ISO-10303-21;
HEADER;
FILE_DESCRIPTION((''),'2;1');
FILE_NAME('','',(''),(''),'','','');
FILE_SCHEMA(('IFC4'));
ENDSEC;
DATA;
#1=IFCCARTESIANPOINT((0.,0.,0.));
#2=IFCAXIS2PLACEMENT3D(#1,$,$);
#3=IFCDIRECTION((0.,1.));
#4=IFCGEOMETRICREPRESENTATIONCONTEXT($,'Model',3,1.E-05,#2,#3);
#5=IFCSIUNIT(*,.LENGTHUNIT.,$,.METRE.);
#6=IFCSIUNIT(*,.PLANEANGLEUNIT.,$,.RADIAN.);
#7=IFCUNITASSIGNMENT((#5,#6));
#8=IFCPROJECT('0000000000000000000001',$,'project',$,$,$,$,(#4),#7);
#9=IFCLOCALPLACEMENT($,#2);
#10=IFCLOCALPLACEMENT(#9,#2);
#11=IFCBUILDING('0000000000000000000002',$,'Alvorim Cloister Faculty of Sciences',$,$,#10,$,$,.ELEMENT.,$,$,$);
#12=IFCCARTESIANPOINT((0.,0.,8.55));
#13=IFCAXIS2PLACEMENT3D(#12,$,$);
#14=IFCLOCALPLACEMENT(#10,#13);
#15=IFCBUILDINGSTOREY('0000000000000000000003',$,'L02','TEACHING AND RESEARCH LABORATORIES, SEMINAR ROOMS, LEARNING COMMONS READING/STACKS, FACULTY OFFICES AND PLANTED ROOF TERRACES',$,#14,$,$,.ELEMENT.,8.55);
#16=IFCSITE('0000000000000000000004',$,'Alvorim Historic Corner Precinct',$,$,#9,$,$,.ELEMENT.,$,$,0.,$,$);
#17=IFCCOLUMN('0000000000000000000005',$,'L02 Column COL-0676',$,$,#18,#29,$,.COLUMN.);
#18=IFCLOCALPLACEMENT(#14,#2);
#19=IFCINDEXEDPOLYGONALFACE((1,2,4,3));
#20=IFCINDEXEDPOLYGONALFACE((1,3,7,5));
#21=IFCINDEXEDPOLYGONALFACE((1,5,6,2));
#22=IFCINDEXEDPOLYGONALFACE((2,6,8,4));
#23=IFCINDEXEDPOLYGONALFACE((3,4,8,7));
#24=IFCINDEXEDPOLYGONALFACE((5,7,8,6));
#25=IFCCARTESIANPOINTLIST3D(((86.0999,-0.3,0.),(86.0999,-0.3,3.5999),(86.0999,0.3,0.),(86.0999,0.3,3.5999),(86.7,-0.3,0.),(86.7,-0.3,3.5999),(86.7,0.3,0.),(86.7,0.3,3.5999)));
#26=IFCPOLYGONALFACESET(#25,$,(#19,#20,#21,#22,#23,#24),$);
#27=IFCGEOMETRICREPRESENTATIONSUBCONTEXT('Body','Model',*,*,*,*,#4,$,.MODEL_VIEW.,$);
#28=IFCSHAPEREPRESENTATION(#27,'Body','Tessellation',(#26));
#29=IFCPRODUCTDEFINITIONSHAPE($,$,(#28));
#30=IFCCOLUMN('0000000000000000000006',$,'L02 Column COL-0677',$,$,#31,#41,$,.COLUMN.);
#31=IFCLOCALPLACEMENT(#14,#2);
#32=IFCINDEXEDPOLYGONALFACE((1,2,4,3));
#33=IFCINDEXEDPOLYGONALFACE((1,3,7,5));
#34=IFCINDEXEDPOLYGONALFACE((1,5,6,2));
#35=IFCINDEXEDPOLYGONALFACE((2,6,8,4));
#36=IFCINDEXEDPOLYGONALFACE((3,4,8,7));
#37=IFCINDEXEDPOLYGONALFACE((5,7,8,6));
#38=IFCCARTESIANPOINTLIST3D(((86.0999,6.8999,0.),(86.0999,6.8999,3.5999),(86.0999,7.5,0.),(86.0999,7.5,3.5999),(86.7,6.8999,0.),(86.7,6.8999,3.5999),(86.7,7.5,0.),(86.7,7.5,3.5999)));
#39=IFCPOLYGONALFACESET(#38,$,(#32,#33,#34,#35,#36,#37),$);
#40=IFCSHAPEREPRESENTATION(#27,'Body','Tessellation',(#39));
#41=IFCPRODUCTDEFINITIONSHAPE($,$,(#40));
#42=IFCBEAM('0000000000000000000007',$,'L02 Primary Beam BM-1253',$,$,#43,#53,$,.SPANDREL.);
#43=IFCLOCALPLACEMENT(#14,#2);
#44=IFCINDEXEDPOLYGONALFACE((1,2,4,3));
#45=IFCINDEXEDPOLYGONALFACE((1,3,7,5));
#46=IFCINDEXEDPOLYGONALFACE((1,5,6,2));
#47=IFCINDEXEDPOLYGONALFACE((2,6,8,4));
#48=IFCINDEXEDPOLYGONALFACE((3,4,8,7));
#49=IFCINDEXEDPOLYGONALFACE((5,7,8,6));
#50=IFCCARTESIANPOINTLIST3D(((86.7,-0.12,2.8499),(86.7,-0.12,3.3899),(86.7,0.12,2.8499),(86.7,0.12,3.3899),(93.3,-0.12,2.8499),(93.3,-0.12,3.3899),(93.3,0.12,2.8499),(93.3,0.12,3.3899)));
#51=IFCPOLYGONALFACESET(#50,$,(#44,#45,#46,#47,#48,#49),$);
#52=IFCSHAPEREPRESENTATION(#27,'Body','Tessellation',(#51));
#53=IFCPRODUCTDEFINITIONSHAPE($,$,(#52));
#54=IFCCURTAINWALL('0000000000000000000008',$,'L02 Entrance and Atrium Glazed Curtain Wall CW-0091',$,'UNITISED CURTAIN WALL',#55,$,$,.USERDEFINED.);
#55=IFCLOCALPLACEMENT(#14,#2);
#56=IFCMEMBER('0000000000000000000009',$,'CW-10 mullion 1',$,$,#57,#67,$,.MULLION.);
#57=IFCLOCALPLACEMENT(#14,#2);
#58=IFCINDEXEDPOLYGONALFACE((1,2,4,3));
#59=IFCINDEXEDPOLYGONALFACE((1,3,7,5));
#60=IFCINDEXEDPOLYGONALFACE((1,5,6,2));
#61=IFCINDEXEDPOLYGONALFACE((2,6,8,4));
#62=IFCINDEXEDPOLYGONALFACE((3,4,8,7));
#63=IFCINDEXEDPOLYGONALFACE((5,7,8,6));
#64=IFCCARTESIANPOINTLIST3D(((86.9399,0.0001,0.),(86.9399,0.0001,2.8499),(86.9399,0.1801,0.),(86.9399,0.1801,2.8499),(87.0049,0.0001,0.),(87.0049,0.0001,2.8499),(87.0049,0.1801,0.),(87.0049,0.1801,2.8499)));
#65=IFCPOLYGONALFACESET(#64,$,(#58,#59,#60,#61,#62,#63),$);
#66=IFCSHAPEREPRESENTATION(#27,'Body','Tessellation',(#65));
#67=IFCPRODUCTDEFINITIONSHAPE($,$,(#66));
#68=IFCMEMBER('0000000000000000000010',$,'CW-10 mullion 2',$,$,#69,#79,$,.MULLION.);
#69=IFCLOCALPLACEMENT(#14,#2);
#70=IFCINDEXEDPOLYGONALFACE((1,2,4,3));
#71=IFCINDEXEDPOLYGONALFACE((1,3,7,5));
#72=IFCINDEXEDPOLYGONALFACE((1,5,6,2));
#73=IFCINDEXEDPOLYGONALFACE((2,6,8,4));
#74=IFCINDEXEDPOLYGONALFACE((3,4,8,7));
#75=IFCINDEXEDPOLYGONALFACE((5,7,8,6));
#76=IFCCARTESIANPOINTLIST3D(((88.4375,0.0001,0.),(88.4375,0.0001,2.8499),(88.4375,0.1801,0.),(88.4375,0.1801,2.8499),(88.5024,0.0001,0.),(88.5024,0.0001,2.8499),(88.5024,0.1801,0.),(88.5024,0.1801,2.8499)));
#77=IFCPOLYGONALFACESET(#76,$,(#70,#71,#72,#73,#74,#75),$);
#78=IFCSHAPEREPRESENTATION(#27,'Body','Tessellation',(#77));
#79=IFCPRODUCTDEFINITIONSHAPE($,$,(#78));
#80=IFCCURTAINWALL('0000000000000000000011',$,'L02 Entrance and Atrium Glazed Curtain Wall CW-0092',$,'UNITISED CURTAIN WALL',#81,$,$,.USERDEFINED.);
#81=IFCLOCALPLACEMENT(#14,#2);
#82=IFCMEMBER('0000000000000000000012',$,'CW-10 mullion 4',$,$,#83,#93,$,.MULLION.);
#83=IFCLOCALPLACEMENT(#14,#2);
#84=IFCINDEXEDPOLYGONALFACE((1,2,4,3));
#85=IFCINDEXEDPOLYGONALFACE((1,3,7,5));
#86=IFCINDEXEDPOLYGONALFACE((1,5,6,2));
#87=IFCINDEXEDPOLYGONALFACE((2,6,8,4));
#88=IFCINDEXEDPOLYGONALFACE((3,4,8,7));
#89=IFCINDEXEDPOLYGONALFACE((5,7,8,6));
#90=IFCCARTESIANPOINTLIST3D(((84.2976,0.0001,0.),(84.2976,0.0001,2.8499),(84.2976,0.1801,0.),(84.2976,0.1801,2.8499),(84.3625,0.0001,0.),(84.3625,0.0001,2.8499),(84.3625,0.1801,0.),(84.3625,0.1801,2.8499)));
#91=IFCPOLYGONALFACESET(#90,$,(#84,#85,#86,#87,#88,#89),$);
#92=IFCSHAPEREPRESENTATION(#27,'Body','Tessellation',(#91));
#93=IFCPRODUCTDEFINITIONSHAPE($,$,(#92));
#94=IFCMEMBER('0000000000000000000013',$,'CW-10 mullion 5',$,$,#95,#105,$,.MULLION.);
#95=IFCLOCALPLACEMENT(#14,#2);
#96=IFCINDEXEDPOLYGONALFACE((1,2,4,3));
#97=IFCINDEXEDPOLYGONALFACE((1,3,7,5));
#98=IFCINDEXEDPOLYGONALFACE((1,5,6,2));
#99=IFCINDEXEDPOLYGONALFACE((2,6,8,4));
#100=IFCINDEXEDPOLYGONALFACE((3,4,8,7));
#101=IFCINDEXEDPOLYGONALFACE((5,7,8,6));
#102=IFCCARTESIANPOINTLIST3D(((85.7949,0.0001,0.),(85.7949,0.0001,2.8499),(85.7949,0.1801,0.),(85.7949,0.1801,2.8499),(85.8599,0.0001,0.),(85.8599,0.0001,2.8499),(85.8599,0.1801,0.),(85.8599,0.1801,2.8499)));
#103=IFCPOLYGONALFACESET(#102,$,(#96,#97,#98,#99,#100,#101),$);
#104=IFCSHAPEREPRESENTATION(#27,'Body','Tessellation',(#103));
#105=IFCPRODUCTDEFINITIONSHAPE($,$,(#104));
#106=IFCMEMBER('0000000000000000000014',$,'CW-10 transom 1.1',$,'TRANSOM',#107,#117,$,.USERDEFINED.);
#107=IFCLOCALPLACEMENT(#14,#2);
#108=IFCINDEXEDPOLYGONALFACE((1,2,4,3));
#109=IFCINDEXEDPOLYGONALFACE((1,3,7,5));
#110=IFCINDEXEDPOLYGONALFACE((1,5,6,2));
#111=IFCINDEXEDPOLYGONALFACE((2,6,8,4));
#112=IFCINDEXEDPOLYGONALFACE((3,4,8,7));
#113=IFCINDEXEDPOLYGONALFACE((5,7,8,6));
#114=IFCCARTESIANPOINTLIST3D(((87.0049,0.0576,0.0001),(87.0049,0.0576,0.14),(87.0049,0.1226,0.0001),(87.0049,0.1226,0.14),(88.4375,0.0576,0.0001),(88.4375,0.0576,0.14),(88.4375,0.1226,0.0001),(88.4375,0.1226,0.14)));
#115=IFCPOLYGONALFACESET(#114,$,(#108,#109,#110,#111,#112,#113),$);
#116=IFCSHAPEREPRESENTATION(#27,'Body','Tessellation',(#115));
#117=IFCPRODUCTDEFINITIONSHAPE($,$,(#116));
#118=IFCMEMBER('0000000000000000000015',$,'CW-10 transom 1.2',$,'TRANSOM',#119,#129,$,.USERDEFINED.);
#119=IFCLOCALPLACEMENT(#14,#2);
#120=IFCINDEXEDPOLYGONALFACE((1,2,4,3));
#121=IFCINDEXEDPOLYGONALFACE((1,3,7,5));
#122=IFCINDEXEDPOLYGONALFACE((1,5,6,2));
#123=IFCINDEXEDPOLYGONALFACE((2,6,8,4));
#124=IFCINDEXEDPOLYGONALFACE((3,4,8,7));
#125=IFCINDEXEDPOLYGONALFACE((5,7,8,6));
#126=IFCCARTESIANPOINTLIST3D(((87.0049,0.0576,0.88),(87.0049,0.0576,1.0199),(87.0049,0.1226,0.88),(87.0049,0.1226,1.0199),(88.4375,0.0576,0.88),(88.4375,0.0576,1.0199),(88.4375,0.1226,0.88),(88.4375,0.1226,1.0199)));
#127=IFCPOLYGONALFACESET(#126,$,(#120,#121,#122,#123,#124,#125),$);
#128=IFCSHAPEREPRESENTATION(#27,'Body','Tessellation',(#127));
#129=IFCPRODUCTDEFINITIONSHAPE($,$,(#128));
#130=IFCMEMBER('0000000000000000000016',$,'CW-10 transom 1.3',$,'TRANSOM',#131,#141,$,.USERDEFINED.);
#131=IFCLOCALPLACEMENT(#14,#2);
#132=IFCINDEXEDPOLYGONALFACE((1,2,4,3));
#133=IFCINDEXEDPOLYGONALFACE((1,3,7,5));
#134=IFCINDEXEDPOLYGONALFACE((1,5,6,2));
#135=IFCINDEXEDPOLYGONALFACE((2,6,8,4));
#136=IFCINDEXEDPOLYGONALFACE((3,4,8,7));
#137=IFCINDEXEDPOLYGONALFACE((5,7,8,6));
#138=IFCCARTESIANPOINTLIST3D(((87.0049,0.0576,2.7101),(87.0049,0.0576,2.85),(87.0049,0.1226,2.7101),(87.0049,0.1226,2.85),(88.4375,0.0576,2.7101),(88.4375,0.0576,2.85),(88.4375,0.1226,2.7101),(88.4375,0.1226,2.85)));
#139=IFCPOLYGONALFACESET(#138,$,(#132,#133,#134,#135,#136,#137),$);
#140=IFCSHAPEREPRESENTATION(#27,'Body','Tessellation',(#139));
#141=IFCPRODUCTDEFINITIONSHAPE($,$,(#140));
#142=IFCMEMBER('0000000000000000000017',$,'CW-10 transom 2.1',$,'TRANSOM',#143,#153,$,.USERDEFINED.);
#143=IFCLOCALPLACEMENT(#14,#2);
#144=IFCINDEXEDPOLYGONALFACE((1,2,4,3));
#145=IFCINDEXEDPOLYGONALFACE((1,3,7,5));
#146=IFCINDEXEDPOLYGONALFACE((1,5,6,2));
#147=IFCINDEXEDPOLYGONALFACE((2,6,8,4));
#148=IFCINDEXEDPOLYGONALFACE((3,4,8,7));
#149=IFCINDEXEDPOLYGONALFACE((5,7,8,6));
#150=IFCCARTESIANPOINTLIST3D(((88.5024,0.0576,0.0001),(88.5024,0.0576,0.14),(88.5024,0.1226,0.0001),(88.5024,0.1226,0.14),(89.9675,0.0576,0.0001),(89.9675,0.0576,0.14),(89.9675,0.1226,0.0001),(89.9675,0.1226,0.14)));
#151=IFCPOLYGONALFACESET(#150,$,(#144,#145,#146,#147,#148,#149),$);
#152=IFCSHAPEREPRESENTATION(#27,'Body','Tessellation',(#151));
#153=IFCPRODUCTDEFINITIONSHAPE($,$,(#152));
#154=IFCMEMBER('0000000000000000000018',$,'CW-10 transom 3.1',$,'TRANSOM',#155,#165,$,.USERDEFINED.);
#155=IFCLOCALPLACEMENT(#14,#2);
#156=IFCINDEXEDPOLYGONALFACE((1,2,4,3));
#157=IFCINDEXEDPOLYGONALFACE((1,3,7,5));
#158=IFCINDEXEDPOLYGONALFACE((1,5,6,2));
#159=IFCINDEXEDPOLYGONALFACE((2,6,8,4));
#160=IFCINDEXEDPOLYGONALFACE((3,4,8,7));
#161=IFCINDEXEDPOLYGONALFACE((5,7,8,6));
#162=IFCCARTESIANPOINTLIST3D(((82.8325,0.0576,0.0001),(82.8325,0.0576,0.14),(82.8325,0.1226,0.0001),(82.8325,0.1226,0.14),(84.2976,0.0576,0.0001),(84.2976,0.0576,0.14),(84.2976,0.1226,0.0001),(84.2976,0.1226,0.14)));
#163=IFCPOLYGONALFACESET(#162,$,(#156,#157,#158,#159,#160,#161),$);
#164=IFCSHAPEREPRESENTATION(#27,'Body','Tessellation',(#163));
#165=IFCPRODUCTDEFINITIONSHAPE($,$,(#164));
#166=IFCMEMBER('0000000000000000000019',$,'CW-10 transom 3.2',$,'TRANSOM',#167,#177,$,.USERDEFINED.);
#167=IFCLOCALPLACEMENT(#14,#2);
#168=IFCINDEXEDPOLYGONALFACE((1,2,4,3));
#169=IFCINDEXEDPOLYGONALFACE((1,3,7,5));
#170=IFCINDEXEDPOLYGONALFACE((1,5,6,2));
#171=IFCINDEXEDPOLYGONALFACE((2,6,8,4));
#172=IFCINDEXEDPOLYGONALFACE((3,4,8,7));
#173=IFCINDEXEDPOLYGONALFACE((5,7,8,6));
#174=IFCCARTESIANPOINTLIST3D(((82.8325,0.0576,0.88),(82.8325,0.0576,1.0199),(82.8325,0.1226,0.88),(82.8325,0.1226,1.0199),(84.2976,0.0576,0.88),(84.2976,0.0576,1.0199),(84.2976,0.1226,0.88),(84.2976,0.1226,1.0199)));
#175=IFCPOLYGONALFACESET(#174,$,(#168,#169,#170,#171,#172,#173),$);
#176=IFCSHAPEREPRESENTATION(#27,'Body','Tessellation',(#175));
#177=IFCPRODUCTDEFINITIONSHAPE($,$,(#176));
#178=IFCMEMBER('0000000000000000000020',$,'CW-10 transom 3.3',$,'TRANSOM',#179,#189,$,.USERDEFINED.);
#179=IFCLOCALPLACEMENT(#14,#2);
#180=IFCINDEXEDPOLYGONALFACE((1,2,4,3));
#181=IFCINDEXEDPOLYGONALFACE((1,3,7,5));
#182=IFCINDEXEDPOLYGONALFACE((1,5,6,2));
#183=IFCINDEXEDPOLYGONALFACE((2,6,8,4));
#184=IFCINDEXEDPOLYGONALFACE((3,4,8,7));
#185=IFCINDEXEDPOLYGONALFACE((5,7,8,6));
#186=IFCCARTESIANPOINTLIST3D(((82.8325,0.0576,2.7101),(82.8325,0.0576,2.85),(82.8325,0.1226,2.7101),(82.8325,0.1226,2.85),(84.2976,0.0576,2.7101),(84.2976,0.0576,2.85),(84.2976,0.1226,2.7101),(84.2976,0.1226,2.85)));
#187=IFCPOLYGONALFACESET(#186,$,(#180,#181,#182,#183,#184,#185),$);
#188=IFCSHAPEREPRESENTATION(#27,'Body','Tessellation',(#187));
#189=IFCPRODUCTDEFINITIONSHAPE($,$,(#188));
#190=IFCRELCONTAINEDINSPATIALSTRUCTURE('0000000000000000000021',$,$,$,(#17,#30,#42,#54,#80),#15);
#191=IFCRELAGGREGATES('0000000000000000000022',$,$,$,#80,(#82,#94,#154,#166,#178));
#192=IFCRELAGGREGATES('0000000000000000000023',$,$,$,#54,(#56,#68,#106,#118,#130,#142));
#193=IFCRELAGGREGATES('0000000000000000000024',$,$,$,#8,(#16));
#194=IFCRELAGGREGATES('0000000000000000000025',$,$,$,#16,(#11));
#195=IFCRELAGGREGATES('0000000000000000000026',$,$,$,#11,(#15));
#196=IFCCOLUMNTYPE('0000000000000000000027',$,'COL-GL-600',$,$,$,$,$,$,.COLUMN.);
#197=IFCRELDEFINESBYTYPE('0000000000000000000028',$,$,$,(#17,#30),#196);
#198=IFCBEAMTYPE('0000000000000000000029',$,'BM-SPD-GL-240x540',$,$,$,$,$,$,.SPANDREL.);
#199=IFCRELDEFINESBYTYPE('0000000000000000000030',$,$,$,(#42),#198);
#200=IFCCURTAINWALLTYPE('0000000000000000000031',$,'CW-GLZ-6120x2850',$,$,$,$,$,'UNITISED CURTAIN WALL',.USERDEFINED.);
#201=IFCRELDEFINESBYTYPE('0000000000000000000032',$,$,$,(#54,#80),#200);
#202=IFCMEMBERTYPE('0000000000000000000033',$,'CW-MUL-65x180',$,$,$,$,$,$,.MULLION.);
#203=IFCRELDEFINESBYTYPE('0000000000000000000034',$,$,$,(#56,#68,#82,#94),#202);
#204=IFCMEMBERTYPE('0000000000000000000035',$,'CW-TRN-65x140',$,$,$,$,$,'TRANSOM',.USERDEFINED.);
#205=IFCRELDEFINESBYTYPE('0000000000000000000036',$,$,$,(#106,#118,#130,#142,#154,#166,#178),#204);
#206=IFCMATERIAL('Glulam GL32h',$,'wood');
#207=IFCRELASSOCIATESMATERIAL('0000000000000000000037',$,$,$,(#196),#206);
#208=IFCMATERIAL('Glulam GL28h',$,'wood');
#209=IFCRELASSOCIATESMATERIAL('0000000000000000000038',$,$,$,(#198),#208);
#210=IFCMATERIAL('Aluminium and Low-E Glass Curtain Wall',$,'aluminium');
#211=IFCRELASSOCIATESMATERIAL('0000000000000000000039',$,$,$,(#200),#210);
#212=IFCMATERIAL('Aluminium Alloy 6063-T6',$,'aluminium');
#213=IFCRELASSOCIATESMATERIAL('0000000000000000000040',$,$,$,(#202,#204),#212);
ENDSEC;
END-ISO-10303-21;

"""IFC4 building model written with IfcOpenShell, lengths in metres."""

from ifc_helpers import new_model, si_unit, direction, frame, origin, origin_2d, place, context, subcontext, project, spatial, rectangle, extrude, material, material_profile, profile_set, type_object, element, aggregate, save


model = new_model("IFC4")

# Units and contexts
model_context = context("Model", 3, precision=1e-05, world=origin(), true_north=direction((0.0, 1.0)))
body_context = subcontext(model_context, "Body", "Model", "MODEL_VIEW")
ifc_project = project(units=[si_unit("LENGTHUNIT", "METRE"), si_unit("PLANEANGLEUNIT", "RADIAN")], contexts=[model_context])

# Site, building, storey
site_placement = place(None, origin())
site = spatial("IfcSite", under=ifc_project, at=site_placement, Name="Alvorim Historic Corner Precinct", CompositionType="ELEMENT", RefElevation=0.0)
building_placement = place(site_placement, origin())
building = spatial("IfcBuilding", under=site, at=building_placement, Name="Alvorim Cloister Faculty of Sciences", CompositionType="ELEMENT")
storey_placement = place(building_placement, frame((0.0, 0.0, 8.55)))
storey = spatial("IfcBuildingStorey", under=building, at=storey_placement, Name="L02", Description="TEACHING AND RESEARCH LABORATORIES, SEMINAR ROOMS, LEARNING COMMONS READING/STACKS, FACULTY OFFICES AND PLANTED ROOF TERRACES", CompositionType="ELEMENT", Elevation=8.55)

# Columns
ifc_material_1 = material(Name="Glulam GL32h", Category="wood")
ifc_material_profile_1 = material_profile(ifc_material_1, rectangle(XDim=0.6001, YDim=0.6001, at=origin_2d()), Name="GL32-COL-600x600")
ifc_profile_set_1 = profile_set([ifc_material_profile_1], Name="Glulam GL32h")
column_type = type_object("IfcColumnType", Name="COL-GL-600", PredefinedType="COLUMN", material=ifc_profile_set_1)
for number, where, z_axis, x_axis, name in (
    (1, (86.3999, 0.0, 0.0), (0.0, 0.0, 1.0), (1.0, 0.0, 0.0), "L02 Column COL-0676"),
    (2, (86.3999, 7.2, 0.0), (0.0, 0.0, 1.0), (1.0, 0.0, 0.0), "L02 Column COL-0677"),
):
    element("IfcColumn", number, at=place(storey_placement, frame(where, z_axis=z_axis, x_axis=x_axis)), inside=storey, type_object=column_type, Name=name, PredefinedType="COLUMN", context=body_context, shape_type="SweptSolid", body=[
        extrude(rectangle(XDim=0.6001, YDim=0.6001, at=origin_2d()), origin(), (0.0, 0.0, 1.0), 3.5999),
    ])

# Beam
ifc_material_2 = material(Name="Glulam GL28h", Category="wood")
ifc_material_profile_2 = material_profile(ifc_material_2, rectangle(XDim=0.24, YDim=0.54, at=origin_2d()), Name="GL28-SPD-240x540")
ifc_profile_set_2 = profile_set([ifc_material_profile_2], Name="Glulam GL28h")
beam_type = type_object("IfcBeamType", Name="BM-SPD-GL-240x540", PredefinedType="SPANDREL", material=ifc_profile_set_2)
beam_placement = place(storey_placement, frame((86.7, 0.0, 3.1199), z_axis=(1.0, 0.0, 0.0), x_axis=(0.0, 1.0, 0.0)))
element("IfcBeam", 3, at=beam_placement, inside=storey, type_object=beam_type, Name="L02 Primary Beam BM-1253", PredefinedType="SPANDREL", context=body_context, shape_type="SweptSolid", body=[
    extrude(rectangle(XDim=0.24, YDim=0.54, at=origin_2d()), origin(), (0.0, 0.0, 1.0), 6.6001),
])

# Curtain walls, members
ifc_material_3 = material(Name="Aluminium and Low-E Glass Curtain Wall", Category="aluminium")
curtain_wall_type = type_object("IfcCurtainWallType", Name="CW-GLZ-6120x2850", ElementType="UNITISED CURTAIN WALL", PredefinedType="USERDEFINED", material=ifc_material_3)
curtain_wall_1_placement = place(storey_placement, origin())
curtain_wall_1 = element("IfcCurtainWall", 4, at=curtain_wall_1_placement, inside=storey, type_object=curtain_wall_type, Name="L02 Entrance and Atrium Glazed Curtain Wall CW-0091", ObjectType="UNITISED CURTAIN WALL", PredefinedType="USERDEFINED")
ifc_material_4 = material(Name="Aluminium Alloy 6063-T6", Category="aluminium")
ifc_material_profile_3 = material_profile(ifc_material_4, rectangle(XDim=0.0649, YDim=0.1799, at=origin_2d()), Name="ALU-MUL-65x180")
ifc_profile_set_3 = profile_set([ifc_material_profile_3], Name="Aluminium Alloy 6063-T6")
member_type_1 = type_object("IfcMemberType", Name="CW-MUL-65x180", PredefinedType="MULLION", material=ifc_profile_set_3)
member_1_placement = place(storey_placement, frame((86.9724, 0.0901, 0.0), z_axis=(0.0, 0.0, 1.0), x_axis=(1.0, 0.0, 0.0)))
member_1 = element("IfcMember", 5, at=member_1_placement, type_object=member_type_1, Name="CW-10 mullion 1", PredefinedType="MULLION", context=body_context, shape_type="SweptSolid", body=[
    extrude(rectangle(XDim=0.0649, YDim=0.1799, at=origin_2d()), origin(), (0.0, 0.0, 1.0), 2.8499),
])
member_2_placement = place(storey_placement, frame((88.47, 0.0901, 0.0), z_axis=(0.0, 0.0, 1.0), x_axis=(1.0, 0.0, 0.0)))
member_2 = element("IfcMember", 6, at=member_2_placement, type_object=member_type_1, Name="CW-10 mullion 2", PredefinedType="MULLION", context=body_context, shape_type="SweptSolid", body=[
    extrude(rectangle(XDim=0.0649, YDim=0.1799, at=origin_2d()), origin(), (0.0, 0.0, 1.0), 2.8499),
])
curtain_wall_2_placement = place(storey_placement, origin())
curtain_wall_2 = element("IfcCurtainWall", 7, at=curtain_wall_2_placement, inside=storey, type_object=curtain_wall_type, Name="L02 Entrance and Atrium Glazed Curtain Wall CW-0092", ObjectType="UNITISED CURTAIN WALL", PredefinedType="USERDEFINED")
member_3_placement = place(storey_placement, frame((84.3301, 0.0901, 0.0), z_axis=(0.0, 0.0, 1.0), x_axis=(1.0, 0.0, 0.0)))
member_3 = element("IfcMember", 8, at=member_3_placement, type_object=member_type_1, Name="CW-10 mullion 4", PredefinedType="MULLION", context=body_context, shape_type="SweptSolid", body=[
    extrude(rectangle(XDim=0.0649, YDim=0.1799, at=origin_2d()), origin(), (0.0, 0.0, 1.0), 2.8499),
])
member_4_placement = place(storey_placement, frame((85.8274, 0.0901, 0.0), z_axis=(0.0, 0.0, 1.0), x_axis=(1.0, 0.0, 0.0)))
member_4 = element("IfcMember", 9, at=member_4_placement, type_object=member_type_1, Name="CW-10 mullion 5", PredefinedType="MULLION", context=body_context, shape_type="SweptSolid", body=[
    extrude(rectangle(XDim=0.0649, YDim=0.1799, at=origin_2d()), origin(), (0.0, 0.0, 1.0), 2.8499),
])

# Members
ifc_material_profile_4 = material_profile(ifc_material_4, rectangle(XDim=0.0649, YDim=0.1399, at=origin_2d()), Name="ALU-TRN-65x140")
ifc_profile_set_4 = profile_set([ifc_material_profile_4], Name="Aluminium Alloy 6063-T6")
member_type_2 = type_object("IfcMemberType", Name="CW-TRN-65x140", ElementType="TRANSOM", PredefinedType="USERDEFINED", material=ifc_profile_set_4)
member_5_placement = place(storey_placement, frame((87.0049, 0.0901, 0.0701), z_axis=(1.0, 0.0, 0.0), x_axis=(0.0, 1.0, 0.0)))
member_5 = element("IfcMember", 10, at=member_5_placement, type_object=member_type_2, Name="CW-10 transom 1.1", ObjectType="TRANSOM", PredefinedType="USERDEFINED", context=body_context, shape_type="SweptSolid", body=[
    extrude(rectangle(XDim=0.0649, YDim=0.1399, at=origin_2d()), origin(), (0.0, 0.0, 1.0), 1.4326),
])
member_6_placement = place(storey_placement, frame((87.0049, 0.0901, 0.95), z_axis=(1.0, 0.0, 0.0), x_axis=(0.0, 1.0, 0.0)))
member_6 = element("IfcMember", 11, at=member_6_placement, type_object=member_type_2, Name="CW-10 transom 1.2", ObjectType="TRANSOM", PredefinedType="USERDEFINED", context=body_context, shape_type="SweptSolid", body=[
    extrude(rectangle(XDim=0.0649, YDim=0.1399, at=origin_2d()), origin(), (0.0, 0.0, 1.0), 1.4326),
])
member_7_placement = place(storey_placement, frame((87.0049, 0.0901, 2.78), z_axis=(1.0, 0.0, 0.0), x_axis=(0.0, 1.0, 0.0)))
member_7 = element("IfcMember", 12, at=member_7_placement, type_object=member_type_2, Name="CW-10 transom 1.3", ObjectType="TRANSOM", PredefinedType="USERDEFINED", context=body_context, shape_type="SweptSolid", body=[
    extrude(rectangle(XDim=0.0649, YDim=0.1399, at=origin_2d()), origin(), (0.0, 0.0, 1.0), 1.4326),
])
member_8_placement = place(storey_placement, frame((88.5024, 0.0901, 0.0701), z_axis=(1.0, 0.0, 0.0), x_axis=(0.0, 1.0, 0.0)))
member_8 = element("IfcMember", 13, at=member_8_placement, type_object=member_type_2, Name="CW-10 transom 2.1", ObjectType="TRANSOM", PredefinedType="USERDEFINED", context=body_context, shape_type="SweptSolid", body=[
    extrude(rectangle(XDim=0.0649, YDim=0.1399, at=origin_2d()), origin(), (0.0, 0.0, 1.0), 1.4651),
])
member_9_placement = place(storey_placement, frame((82.8325, 0.0901, 0.0701), z_axis=(1.0, 0.0, 0.0), x_axis=(0.0, 1.0, 0.0)))
member_9 = element("IfcMember", 14, at=member_9_placement, type_object=member_type_2, Name="CW-10 transom 3.1", ObjectType="TRANSOM", PredefinedType="USERDEFINED", context=body_context, shape_type="SweptSolid", body=[
    extrude(rectangle(XDim=0.0649, YDim=0.1399, at=origin_2d()), origin(), (0.0, 0.0, 1.0), 1.4651),
])
member_10_placement = place(storey_placement, frame((82.8325, 0.0901, 0.95), z_axis=(1.0, 0.0, 0.0), x_axis=(0.0, 1.0, 0.0)))
member_10 = element("IfcMember", 15, at=member_10_placement, type_object=member_type_2, Name="CW-10 transom 3.2", ObjectType="TRANSOM", PredefinedType="USERDEFINED", context=body_context, shape_type="SweptSolid", body=[
    extrude(rectangle(XDim=0.0649, YDim=0.1399, at=origin_2d()), origin(), (0.0, 0.0, 1.0), 1.4651),
])
member_11_placement = place(storey_placement, frame((82.8325, 0.0901, 2.78), z_axis=(1.0, 0.0, 0.0), x_axis=(0.0, 1.0, 0.0)))
member_11 = element("IfcMember", 16, at=member_11_placement, type_object=member_type_2, Name="CW-10 transom 3.3", ObjectType="TRANSOM", PredefinedType="USERDEFINED", context=body_context, shape_type="SweptSolid", body=[
    extrude(rectangle(XDim=0.0649, YDim=0.1399, at=origin_2d()), origin(), (0.0, 0.0, 1.0), 1.4651),
])

aggregate(curtain_wall_2, [member_3, member_4, member_9, member_10, member_11])
aggregate(curtain_wall_1, [member_1, member_2, member_5, member_6, member_7, member_8])

save(model, "model.ifc")
